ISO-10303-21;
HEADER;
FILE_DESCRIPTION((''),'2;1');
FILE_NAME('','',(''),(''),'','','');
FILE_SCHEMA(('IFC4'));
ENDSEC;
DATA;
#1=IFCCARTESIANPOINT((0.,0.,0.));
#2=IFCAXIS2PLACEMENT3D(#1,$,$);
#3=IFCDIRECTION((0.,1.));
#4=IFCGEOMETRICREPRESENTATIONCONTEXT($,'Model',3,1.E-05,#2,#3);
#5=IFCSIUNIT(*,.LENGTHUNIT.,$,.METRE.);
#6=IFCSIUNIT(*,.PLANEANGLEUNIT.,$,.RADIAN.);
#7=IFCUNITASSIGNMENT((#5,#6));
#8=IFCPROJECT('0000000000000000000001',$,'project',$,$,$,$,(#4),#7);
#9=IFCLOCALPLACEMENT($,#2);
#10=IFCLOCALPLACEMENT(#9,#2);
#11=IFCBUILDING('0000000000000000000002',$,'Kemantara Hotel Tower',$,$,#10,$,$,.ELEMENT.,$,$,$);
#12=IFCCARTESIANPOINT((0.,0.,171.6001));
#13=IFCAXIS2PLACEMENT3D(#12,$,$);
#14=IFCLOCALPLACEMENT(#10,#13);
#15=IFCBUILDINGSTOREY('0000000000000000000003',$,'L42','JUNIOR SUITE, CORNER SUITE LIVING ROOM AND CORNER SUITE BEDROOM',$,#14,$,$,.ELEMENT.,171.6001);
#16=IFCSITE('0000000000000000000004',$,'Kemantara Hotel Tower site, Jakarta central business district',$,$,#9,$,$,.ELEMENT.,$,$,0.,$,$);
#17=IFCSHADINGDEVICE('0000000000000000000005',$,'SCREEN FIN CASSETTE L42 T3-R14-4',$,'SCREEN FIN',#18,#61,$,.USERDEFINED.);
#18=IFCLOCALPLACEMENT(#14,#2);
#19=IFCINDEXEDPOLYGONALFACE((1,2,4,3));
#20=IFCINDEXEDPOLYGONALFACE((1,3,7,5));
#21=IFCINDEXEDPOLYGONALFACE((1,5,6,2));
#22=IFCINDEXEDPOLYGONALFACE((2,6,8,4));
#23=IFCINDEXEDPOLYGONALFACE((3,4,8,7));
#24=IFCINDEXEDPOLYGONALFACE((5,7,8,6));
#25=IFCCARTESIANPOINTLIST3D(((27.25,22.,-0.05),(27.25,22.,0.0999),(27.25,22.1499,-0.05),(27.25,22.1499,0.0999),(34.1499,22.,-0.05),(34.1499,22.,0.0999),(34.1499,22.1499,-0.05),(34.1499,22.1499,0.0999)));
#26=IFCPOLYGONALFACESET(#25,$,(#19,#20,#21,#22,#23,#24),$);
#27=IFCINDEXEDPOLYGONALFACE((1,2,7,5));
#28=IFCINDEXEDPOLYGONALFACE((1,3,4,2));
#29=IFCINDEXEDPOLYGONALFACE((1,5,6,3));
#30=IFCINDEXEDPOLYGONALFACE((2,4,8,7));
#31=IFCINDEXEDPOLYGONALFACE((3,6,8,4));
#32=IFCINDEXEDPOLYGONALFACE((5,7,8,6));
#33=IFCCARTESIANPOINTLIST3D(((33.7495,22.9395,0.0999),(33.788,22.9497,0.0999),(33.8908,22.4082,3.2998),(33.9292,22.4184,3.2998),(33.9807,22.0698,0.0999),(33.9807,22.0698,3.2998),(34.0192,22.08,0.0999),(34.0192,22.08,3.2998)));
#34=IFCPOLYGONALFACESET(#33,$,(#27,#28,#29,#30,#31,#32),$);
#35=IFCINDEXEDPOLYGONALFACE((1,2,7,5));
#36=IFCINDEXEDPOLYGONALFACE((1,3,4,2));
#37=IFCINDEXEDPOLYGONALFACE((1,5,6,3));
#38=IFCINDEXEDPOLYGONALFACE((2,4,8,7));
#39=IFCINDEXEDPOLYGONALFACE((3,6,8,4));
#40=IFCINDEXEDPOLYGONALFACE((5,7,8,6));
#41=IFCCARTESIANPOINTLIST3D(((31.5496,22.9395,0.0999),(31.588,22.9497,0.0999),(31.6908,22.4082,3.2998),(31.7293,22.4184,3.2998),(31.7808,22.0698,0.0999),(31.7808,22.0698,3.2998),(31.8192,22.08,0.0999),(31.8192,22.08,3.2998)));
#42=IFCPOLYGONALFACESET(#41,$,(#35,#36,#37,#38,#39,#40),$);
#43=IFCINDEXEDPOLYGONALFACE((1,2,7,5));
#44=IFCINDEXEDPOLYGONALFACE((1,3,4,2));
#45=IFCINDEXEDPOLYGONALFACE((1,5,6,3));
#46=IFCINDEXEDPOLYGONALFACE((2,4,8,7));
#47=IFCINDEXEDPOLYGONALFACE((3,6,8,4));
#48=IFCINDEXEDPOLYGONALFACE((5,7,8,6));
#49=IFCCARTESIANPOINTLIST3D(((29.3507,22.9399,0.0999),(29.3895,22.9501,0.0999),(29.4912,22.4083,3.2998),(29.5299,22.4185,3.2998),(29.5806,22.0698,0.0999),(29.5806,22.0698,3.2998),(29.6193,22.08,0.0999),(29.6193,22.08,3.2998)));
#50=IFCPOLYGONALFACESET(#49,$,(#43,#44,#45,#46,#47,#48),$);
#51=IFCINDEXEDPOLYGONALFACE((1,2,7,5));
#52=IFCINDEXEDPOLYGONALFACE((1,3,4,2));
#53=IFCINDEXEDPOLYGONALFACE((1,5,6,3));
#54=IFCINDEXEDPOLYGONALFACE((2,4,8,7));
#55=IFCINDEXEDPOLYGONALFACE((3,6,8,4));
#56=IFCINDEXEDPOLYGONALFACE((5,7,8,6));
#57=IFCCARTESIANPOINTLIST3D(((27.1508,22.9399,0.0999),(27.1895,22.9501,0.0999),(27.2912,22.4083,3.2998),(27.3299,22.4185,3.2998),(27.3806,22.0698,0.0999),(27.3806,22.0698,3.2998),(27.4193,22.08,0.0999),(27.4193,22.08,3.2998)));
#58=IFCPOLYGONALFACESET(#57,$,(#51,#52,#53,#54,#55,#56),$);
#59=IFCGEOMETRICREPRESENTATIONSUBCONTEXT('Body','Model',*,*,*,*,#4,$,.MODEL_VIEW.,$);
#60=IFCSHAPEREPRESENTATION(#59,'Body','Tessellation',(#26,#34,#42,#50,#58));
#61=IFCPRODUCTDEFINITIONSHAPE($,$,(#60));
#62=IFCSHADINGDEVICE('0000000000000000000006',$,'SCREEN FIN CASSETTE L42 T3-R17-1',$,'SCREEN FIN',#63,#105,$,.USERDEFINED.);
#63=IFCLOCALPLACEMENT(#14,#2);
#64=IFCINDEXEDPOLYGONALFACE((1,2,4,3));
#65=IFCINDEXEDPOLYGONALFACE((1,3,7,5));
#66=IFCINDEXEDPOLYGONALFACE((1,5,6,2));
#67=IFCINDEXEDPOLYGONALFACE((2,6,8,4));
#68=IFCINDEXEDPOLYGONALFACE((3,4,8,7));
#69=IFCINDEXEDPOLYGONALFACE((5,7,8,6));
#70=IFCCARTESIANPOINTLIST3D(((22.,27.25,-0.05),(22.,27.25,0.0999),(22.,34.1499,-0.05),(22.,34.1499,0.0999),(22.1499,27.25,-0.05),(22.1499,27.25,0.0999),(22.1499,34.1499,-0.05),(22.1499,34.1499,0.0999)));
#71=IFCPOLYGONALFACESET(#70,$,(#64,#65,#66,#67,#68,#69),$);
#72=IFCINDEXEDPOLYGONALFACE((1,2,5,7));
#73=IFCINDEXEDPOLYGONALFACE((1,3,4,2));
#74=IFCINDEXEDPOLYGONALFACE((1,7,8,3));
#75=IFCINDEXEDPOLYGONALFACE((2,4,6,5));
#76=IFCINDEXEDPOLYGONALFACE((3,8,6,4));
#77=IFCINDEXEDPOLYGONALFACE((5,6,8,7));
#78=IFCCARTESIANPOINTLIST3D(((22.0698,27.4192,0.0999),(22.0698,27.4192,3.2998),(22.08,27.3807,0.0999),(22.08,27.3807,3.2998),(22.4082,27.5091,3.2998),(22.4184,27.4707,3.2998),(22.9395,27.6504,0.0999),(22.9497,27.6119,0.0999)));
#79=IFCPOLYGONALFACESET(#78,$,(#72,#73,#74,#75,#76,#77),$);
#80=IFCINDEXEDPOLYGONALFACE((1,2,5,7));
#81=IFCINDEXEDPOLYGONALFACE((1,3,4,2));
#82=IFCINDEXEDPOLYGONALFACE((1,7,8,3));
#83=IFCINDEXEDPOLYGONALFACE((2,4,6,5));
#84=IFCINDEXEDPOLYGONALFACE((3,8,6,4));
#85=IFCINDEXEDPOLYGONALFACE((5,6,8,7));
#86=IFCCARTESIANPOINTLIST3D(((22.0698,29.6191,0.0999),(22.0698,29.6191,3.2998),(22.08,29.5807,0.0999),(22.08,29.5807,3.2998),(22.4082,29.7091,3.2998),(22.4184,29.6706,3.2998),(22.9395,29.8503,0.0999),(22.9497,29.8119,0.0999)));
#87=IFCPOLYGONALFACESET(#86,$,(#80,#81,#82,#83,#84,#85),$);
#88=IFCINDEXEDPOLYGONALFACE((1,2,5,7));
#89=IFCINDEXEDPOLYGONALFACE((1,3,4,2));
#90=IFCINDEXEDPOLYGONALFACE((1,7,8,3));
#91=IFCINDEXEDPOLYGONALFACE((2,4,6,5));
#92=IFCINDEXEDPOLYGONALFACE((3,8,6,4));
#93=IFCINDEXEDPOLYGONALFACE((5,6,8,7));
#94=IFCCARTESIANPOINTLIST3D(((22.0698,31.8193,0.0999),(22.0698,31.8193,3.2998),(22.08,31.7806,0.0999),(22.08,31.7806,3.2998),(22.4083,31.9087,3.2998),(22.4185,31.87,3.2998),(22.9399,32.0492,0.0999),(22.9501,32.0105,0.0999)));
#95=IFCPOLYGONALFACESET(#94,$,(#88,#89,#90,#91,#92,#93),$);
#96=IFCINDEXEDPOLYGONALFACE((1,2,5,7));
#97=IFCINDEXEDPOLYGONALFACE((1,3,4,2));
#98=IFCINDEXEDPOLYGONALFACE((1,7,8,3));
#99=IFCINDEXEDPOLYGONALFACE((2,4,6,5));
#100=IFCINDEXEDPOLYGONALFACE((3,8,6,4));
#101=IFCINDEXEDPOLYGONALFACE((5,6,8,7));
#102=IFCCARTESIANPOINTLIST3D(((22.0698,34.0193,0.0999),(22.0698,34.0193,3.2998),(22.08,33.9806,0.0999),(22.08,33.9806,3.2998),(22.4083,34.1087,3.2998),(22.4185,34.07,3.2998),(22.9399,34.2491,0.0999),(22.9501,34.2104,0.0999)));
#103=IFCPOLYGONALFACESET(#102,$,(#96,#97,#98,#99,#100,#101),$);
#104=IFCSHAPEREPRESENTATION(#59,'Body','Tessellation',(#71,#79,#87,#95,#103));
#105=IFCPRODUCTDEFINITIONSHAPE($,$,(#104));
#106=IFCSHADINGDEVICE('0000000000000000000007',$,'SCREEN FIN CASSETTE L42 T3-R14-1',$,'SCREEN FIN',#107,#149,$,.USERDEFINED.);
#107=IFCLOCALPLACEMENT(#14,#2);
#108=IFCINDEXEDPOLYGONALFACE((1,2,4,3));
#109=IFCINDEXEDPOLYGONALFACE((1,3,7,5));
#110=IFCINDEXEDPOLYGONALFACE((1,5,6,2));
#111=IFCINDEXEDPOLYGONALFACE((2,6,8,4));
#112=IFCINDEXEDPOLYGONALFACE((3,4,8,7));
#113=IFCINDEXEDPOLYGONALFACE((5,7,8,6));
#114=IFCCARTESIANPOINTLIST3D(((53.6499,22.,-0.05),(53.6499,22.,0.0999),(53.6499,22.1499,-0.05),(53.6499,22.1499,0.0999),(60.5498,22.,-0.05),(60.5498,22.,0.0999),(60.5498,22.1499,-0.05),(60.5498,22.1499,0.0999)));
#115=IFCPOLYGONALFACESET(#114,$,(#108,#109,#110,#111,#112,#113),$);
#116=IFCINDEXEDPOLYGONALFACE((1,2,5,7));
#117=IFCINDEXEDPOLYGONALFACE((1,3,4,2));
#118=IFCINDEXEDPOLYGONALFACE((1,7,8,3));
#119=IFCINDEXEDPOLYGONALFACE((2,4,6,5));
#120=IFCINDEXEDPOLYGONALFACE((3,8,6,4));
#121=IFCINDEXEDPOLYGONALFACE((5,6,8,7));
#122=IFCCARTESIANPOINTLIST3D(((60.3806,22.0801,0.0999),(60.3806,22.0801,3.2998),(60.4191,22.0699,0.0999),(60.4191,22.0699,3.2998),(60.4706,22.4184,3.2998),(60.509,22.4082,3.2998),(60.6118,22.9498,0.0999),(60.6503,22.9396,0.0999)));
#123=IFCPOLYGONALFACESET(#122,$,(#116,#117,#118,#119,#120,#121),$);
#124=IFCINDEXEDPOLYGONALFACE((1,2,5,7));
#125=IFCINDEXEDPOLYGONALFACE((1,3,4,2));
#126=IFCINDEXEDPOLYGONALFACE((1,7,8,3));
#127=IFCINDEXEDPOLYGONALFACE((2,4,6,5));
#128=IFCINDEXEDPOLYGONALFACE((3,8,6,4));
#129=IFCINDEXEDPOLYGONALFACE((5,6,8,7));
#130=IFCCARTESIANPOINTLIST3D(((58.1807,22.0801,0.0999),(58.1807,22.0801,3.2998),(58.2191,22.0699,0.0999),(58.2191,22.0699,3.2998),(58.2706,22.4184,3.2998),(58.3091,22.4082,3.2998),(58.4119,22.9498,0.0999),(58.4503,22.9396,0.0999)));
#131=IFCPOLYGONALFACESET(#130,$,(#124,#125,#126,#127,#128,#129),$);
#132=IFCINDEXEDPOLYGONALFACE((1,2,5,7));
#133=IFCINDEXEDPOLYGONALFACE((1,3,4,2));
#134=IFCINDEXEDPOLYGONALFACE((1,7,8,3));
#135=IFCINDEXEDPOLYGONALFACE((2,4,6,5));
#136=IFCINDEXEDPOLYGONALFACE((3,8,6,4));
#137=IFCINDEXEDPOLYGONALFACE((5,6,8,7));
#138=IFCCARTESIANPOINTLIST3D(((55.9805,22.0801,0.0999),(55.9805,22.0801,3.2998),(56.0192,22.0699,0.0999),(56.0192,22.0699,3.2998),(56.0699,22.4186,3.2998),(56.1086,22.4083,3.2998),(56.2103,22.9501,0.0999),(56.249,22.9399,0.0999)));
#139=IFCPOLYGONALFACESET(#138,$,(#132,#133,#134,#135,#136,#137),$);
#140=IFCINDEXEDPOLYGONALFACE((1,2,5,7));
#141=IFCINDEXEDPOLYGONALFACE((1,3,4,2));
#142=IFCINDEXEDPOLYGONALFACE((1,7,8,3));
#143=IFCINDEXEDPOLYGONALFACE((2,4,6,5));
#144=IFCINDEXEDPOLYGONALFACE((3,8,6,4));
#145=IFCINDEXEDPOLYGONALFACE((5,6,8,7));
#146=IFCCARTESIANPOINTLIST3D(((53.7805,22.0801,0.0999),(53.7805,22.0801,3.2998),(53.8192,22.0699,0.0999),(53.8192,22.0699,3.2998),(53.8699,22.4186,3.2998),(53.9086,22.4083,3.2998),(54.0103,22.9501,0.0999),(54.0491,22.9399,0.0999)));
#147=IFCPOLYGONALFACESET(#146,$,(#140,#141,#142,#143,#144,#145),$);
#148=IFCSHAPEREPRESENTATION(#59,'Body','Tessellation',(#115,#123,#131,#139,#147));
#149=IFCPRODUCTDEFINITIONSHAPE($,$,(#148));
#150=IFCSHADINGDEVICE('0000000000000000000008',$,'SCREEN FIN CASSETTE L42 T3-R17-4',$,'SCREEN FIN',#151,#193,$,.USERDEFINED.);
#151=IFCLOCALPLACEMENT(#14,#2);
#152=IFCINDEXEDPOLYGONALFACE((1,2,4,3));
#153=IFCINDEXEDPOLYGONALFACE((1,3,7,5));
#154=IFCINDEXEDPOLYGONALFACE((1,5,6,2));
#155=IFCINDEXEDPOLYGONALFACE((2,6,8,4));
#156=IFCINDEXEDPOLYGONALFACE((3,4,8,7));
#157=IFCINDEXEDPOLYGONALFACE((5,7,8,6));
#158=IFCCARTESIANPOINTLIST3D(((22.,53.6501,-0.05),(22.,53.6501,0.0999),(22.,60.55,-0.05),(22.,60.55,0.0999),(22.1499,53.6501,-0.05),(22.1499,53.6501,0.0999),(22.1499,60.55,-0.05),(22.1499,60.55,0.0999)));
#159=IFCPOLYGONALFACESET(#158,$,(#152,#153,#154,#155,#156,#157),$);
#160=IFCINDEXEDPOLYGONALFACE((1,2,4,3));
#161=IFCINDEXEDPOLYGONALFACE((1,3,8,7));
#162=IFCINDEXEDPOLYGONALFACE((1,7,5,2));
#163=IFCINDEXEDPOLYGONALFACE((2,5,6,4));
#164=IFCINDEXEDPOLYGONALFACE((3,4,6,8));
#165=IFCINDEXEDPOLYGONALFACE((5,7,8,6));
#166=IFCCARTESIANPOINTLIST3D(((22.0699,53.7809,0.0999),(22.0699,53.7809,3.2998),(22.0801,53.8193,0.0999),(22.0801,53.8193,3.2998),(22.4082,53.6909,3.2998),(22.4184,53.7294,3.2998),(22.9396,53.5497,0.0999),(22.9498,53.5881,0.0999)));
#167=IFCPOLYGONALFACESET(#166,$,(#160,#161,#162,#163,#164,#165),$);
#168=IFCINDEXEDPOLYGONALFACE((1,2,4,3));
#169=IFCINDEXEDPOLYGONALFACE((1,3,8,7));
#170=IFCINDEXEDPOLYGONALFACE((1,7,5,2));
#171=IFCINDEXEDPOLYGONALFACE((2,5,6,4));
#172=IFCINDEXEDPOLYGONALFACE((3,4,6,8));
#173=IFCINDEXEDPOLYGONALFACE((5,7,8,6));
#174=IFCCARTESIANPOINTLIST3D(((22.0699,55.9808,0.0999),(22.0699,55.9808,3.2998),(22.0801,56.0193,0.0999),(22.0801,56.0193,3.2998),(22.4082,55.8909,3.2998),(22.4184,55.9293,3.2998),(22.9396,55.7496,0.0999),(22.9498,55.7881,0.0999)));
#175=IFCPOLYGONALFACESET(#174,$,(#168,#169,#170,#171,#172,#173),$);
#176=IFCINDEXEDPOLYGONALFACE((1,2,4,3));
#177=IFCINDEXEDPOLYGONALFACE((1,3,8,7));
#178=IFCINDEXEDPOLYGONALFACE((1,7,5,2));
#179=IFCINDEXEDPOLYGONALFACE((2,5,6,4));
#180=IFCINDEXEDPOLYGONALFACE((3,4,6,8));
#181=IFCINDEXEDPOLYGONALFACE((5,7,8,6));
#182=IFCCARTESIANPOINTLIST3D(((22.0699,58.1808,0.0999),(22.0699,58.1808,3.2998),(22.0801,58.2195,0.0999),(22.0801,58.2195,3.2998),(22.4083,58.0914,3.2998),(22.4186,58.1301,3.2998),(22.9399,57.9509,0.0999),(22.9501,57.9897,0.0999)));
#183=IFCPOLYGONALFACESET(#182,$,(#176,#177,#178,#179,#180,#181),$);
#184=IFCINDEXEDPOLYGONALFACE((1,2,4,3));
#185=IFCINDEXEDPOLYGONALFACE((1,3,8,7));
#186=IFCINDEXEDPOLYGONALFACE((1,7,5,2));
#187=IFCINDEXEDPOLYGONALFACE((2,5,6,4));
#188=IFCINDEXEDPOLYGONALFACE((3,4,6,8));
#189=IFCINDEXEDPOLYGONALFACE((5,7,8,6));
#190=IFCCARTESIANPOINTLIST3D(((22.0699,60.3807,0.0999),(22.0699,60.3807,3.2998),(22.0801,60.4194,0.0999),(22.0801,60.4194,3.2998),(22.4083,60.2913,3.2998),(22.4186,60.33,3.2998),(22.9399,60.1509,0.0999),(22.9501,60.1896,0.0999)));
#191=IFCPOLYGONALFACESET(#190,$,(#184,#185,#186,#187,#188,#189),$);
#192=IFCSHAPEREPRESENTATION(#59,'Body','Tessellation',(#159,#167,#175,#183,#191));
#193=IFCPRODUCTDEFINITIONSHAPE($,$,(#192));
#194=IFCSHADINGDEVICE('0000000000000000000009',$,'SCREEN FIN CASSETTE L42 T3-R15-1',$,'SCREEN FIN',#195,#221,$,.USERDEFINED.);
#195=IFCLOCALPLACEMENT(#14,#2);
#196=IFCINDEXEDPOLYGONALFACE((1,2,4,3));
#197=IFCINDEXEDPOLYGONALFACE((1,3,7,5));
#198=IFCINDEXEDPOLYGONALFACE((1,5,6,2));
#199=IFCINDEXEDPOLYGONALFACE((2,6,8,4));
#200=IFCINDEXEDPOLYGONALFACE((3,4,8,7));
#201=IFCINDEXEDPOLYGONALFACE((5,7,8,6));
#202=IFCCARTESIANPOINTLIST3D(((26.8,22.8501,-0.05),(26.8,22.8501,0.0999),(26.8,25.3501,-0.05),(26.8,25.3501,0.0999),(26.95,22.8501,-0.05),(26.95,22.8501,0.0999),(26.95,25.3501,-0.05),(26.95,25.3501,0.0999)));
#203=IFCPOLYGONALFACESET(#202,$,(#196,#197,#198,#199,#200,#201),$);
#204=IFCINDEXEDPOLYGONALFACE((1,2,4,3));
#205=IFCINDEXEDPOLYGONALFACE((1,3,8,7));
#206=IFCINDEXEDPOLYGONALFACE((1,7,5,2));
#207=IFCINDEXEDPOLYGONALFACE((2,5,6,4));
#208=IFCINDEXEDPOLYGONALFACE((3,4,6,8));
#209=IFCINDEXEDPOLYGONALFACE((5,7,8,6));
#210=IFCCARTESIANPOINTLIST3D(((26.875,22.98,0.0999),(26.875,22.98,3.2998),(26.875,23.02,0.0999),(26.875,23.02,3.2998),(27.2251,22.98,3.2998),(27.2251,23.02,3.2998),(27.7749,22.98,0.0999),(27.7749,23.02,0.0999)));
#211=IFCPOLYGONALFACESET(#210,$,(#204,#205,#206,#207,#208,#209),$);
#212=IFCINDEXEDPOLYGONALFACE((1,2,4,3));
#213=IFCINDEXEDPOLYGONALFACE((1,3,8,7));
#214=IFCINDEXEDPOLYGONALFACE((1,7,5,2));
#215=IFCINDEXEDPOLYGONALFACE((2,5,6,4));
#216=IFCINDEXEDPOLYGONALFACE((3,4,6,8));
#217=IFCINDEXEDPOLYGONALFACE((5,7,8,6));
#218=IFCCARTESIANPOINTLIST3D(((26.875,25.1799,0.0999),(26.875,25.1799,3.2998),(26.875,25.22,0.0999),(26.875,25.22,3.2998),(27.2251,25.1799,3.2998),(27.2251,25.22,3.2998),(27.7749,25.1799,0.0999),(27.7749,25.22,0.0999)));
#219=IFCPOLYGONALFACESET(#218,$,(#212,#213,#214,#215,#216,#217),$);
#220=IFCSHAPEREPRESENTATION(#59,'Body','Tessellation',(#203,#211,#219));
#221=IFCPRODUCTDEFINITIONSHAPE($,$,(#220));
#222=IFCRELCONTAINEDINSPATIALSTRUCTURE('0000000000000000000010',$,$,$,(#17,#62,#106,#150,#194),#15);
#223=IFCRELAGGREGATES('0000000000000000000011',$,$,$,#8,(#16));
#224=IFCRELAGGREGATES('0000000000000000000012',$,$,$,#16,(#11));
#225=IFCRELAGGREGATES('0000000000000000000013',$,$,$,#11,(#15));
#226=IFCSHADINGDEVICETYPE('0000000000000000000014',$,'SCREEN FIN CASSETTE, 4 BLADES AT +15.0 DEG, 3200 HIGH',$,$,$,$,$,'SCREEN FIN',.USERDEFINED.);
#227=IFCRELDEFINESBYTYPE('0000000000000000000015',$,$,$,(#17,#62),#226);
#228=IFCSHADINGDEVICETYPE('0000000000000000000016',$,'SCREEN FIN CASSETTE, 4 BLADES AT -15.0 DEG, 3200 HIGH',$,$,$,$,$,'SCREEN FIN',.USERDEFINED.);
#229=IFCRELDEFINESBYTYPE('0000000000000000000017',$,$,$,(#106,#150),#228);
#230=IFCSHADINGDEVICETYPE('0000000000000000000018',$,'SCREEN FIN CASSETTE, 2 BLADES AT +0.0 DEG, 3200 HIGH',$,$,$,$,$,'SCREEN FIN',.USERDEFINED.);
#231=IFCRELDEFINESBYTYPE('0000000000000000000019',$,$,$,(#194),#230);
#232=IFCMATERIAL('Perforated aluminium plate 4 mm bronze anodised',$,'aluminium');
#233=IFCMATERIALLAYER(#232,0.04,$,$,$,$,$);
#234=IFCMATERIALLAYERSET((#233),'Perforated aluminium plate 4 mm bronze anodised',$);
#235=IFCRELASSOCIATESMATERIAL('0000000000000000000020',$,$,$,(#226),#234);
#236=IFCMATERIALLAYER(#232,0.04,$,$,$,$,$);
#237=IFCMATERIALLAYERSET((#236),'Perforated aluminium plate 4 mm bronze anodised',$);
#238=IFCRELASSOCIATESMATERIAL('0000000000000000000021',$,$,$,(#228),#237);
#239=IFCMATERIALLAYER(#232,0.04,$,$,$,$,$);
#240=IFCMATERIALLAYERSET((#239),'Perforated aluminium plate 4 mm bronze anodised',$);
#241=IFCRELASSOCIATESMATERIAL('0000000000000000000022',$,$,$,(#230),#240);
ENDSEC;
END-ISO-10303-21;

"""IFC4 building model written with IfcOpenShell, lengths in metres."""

from ifc_helpers import new_model, si_unit, direction, frame, origin, origin_2d, place, context, subcontext, project, spatial, polyline, rectangle, outline, extrude, source, transform, mapped, material, layer, layer_set, type_object, element, save


model = new_model("IFC4")

# Units and contexts
model_context = context("Model", 3, precision=1e-05, world=origin(), true_north=direction((0.0, 1.0)))
body_context = subcontext(model_context, "Body", "Model", "MODEL_VIEW")
ifc_project = project(units=[si_unit("LENGTHUNIT", "METRE"), si_unit("PLANEANGLEUNIT", "RADIAN")], contexts=[model_context])

# Site, building, storey
site_placement = place(None, origin())
site = spatial("IfcSite", under=ifc_project, at=site_placement, Name="Kemantara Hotel Tower site, Jakarta central business district", CompositionType="ELEMENT", RefElevation=0.0)
building_placement = place(site_placement, origin())
building = spatial("IfcBuilding", under=site, at=building_placement, Name="Kemantara Hotel Tower", CompositionType="ELEMENT")
storey_placement = place(building_placement, frame((0.0, 0.0, 171.6001)))
storey = spatial("IfcBuildingStorey", under=building, at=storey_placement, Name="L42", Description="JUNIOR SUITE, CORNER SUITE LIVING ROOM AND CORNER SUITE BEDROOM", CompositionType="ELEMENT", Elevation=171.6001)

# Shading devices
ifc_material_1 = material(Name="Perforated aluminium plate 4 mm bronze anodised", Category="aluminium")
ifc_layer_1 = layer(ifc_material_1, 0.04)
ifc_layer_set_1 = layer_set([ifc_layer_1], Name="Perforated aluminium plate 4 mm bronze anodised")
shading_device_type_1 = type_object("IfcShadingDeviceType", Name="SCREEN FIN CASSETTE, 4 BLADES AT +15.0 DEG, 3200 HIGH", ElementType="SCREEN FIN", PredefinedType="USERDEFINED", material=ifc_layer_set_1)
shared_shape_1 = source(origin(), body_context, "Body", "SweptSolid", [
    extrude(rectangle(XDim=6.8999, YDim=0.1499, at=origin_2d()), frame((3.3, -0.075, -0.1499), z_axis=(0.0, 0.0, 1.0), x_axis=(1.0, 0.0, 0.0)), (0.0, 0.0, 1.0), 0.1499),
    extrude(outline(polyline([(0.0, 0.0), (0.8999, 0.0), (0.3501, 3.2), (0.0, 3.2), (0.0, 0.0)])), frame((0.0193, -0.0698, 0.0), z_axis=(-0.966438, -0.256901, 0.0), x_axis=(0.256901, -0.966438, 0.0)), (0.0, 0.0, 1.0), 0.0398),
    extrude(outline(polyline([(0.0, 0.0), (0.8999, 0.0), (0.3501, 3.2), (0.0, 3.2), (0.0, 0.0)])), frame((2.2192, -0.0698, 0.0), z_axis=(-0.966438, -0.256901, 0.0), x_axis=(0.256901, -0.966438, 0.0)), (0.0, 0.0, 1.0), 0.0398),
    extrude(outline(polyline([(0.0, 0.0), (0.8999, 0.0), (0.3501, 3.2), (0.0, 3.2), (0.0, 0.0)])), frame((4.4194, -0.0698, 0.0), z_axis=(-0.966838, -0.255391, 0.0), x_axis=(0.255391, -0.966838, 0.0)), (0.0, 0.0, 1.0), 0.04),
    extrude(outline(polyline([(0.0, 0.0), (0.8999, 0.0), (0.3501, 3.2), (0.0, 3.2), (0.0, 0.0)])), frame((6.6194, -0.0698, 0.0), z_axis=(-0.966838, -0.255391, 0.0), x_axis=(0.255391, -0.966838, 0.0)), (0.0, 0.0, 1.0), 0.04),
])
for number, where, z_axis, x_axis, name in (
    (1, (34.0, 22.0, 0.0999), (0.0, 0.0, 1.0), (-1.0, 0.0, 0.0), "SCREEN FIN CASSETTE L42 T3-R14-4"),
    (2, (22.0, 27.3999, 0.0999), (0.0, 0.0, 1.0), (0.0, 1.0, 0.0), "SCREEN FIN CASSETTE L42 T3-R17-1"),
):
    element("IfcShadingDevice", number, at=place(storey_placement, frame(where, z_axis=z_axis, x_axis=x_axis)), inside=storey, type_object=shading_device_type_1, Name=name, ObjectType="SCREEN FIN", PredefinedType="USERDEFINED", context=body_context, shape_type="MappedRepresentation", body=[
        mapped(shared_shape_1, transform((0.0, 0.0, 0.0))),
    ])
ifc_layer_2 = layer(ifc_material_1, 0.04)
ifc_layer_set_2 = layer_set([ifc_layer_2], Name="Perforated aluminium plate 4 mm bronze anodised")
shading_device_type_2 = type_object("IfcShadingDeviceType", Name="SCREEN FIN CASSETTE, 4 BLADES AT -15.0 DEG, 3200 HIGH", ElementType="SCREEN FIN", PredefinedType="USERDEFINED", material=ifc_layer_set_2)
shared_shape_2 = source(origin(), body_context, "Body", "SweptSolid", [
    extrude(rectangle(XDim=6.8999, YDim=0.1499, at=origin_2d()), frame((3.3, -0.075, -0.1499), z_axis=(0.0, 0.0, 1.0), x_axis=(1.0, 0.0, 0.0)), (0.0, 0.0, 1.0), 0.1499),
    extrude(outline(polyline([(0.0, 0.0), (0.8999, 0.0), (0.3501, 3.2), (0.0, 3.2), (0.0, 0.0)])), frame((0.0193, -0.0801, 0.0), z_axis=(-0.966438, 0.256901, 0.0), x_axis=(-0.256901, -0.966438, 0.0)), (0.0, 0.0, 1.0), 0.0398),
    extrude(outline(polyline([(0.0, 0.0), (0.8999, 0.0), (0.3501, 3.2), (0.0, 3.2), (0.0, 0.0)])), frame((2.2192, -0.0801, 0.0), z_axis=(-0.966438, 0.256901, 0.0), x_axis=(-0.256901, -0.966438, 0.0)), (0.0, 0.0, 1.0), 0.0398),
    extrude(outline(polyline([(0.0, 0.0), (0.8999, 0.0), (0.3501, 3.2), (0.0, 3.2), (0.0, 0.0)])), frame((4.4194, -0.0801, 0.0), z_axis=(-0.966838, 0.255391, 0.0), x_axis=(-0.255391, -0.966838, 0.0)), (0.0, 0.0, 1.0), 0.04),
    extrude(outline(polyline([(0.0, 0.0), (0.8999, 0.0), (0.3501, 3.2), (0.0, 3.2), (0.0, 0.0)])), frame((6.6194, -0.0801, 0.0), z_axis=(-0.966838, 0.255391, 0.0), x_axis=(-0.255391, -0.966838, 0.0)), (0.0, 0.0, 1.0), 0.04),
])
for number, where, z_axis, x_axis, name in (
    (3, (60.3999, 22.0, 0.0999), (0.0, 0.0, 1.0), (-1.0, 0.0, 0.0), "SCREEN FIN CASSETTE L42 T3-R14-1"),
    (4, (22.0, 53.8, 0.0999), (0.0, 0.0, 1.0), (0.0, 1.0, 0.0), "SCREEN FIN CASSETTE L42 T3-R17-4"),
):
    element("IfcShadingDevice", number, at=place(storey_placement, frame(where, z_axis=z_axis, x_axis=x_axis)), inside=storey, type_object=shading_device_type_2, Name=name, ObjectType="SCREEN FIN", PredefinedType="USERDEFINED", context=body_context, shape_type="MappedRepresentation", body=[
        mapped(shared_shape_2, transform((0.0, 0.0, 0.0))),
    ])
ifc_layer_3 = layer(ifc_material_1, 0.04)
ifc_layer_set_3 = layer_set([ifc_layer_3], Name="Perforated aluminium plate 4 mm bronze anodised")
shading_device_type_3 = type_object("IfcShadingDeviceType", Name="SCREEN FIN CASSETTE, 2 BLADES AT +0.0 DEG, 3200 HIGH", ElementType="SCREEN FIN", PredefinedType="USERDEFINED", material=ifc_layer_set_3)
shared_shape_3 = source(origin(), body_context, "Body", "SweptSolid", [
    extrude(rectangle(XDim=2.5, YDim=0.1499, at=origin_2d()), frame((1.1001, -0.075, -0.1499), z_axis=(0.0, 0.0, 1.0), x_axis=(1.0, 0.0, 0.0)), (0.0, 0.0, 1.0), 0.1499),
    extrude(outline(polyline([(0.0, 0.0), (0.8999, 0.0), (0.3501, 3.2), (0.0, 3.2), (0.0, 0.0)])), frame((0.02, -0.075, 0.0), z_axis=(-1.0, 0.0, 0.0), x_axis=(0.0, -1.0, 0.0)), (0.0, 0.0, 1.0), 0.04),
    extrude(outline(polyline([(0.0, 0.0), (0.8999, 0.0), (0.3501, 3.2), (0.0, 3.2), (0.0, 0.0)])), frame((2.22, -0.075, 0.0), z_axis=(-1.0, 0.0, 0.0), x_axis=(0.0, -1.0, 0.0)), (0.0, 0.0, 1.0), 0.04),
])
for number, where, z_axis, x_axis, name in (
    (5, (26.8, 23.0, 0.0999), (0.0, 0.0, 1.0), (0.0, 1.0, 0.0), "SCREEN FIN CASSETTE L42 T3-R15-1"),
):
    element("IfcShadingDevice", number, at=place(storey_placement, frame(where, z_axis=z_axis, x_axis=x_axis)), inside=storey, type_object=shading_device_type_3, Name=name, ObjectType="SCREEN FIN", PredefinedType="USERDEFINED", context=body_context, shape_type="MappedRepresentation", body=[
        mapped(shared_shape_3, transform((0.0, 0.0, 0.0))),
    ])

save(model, "model.ifc")
